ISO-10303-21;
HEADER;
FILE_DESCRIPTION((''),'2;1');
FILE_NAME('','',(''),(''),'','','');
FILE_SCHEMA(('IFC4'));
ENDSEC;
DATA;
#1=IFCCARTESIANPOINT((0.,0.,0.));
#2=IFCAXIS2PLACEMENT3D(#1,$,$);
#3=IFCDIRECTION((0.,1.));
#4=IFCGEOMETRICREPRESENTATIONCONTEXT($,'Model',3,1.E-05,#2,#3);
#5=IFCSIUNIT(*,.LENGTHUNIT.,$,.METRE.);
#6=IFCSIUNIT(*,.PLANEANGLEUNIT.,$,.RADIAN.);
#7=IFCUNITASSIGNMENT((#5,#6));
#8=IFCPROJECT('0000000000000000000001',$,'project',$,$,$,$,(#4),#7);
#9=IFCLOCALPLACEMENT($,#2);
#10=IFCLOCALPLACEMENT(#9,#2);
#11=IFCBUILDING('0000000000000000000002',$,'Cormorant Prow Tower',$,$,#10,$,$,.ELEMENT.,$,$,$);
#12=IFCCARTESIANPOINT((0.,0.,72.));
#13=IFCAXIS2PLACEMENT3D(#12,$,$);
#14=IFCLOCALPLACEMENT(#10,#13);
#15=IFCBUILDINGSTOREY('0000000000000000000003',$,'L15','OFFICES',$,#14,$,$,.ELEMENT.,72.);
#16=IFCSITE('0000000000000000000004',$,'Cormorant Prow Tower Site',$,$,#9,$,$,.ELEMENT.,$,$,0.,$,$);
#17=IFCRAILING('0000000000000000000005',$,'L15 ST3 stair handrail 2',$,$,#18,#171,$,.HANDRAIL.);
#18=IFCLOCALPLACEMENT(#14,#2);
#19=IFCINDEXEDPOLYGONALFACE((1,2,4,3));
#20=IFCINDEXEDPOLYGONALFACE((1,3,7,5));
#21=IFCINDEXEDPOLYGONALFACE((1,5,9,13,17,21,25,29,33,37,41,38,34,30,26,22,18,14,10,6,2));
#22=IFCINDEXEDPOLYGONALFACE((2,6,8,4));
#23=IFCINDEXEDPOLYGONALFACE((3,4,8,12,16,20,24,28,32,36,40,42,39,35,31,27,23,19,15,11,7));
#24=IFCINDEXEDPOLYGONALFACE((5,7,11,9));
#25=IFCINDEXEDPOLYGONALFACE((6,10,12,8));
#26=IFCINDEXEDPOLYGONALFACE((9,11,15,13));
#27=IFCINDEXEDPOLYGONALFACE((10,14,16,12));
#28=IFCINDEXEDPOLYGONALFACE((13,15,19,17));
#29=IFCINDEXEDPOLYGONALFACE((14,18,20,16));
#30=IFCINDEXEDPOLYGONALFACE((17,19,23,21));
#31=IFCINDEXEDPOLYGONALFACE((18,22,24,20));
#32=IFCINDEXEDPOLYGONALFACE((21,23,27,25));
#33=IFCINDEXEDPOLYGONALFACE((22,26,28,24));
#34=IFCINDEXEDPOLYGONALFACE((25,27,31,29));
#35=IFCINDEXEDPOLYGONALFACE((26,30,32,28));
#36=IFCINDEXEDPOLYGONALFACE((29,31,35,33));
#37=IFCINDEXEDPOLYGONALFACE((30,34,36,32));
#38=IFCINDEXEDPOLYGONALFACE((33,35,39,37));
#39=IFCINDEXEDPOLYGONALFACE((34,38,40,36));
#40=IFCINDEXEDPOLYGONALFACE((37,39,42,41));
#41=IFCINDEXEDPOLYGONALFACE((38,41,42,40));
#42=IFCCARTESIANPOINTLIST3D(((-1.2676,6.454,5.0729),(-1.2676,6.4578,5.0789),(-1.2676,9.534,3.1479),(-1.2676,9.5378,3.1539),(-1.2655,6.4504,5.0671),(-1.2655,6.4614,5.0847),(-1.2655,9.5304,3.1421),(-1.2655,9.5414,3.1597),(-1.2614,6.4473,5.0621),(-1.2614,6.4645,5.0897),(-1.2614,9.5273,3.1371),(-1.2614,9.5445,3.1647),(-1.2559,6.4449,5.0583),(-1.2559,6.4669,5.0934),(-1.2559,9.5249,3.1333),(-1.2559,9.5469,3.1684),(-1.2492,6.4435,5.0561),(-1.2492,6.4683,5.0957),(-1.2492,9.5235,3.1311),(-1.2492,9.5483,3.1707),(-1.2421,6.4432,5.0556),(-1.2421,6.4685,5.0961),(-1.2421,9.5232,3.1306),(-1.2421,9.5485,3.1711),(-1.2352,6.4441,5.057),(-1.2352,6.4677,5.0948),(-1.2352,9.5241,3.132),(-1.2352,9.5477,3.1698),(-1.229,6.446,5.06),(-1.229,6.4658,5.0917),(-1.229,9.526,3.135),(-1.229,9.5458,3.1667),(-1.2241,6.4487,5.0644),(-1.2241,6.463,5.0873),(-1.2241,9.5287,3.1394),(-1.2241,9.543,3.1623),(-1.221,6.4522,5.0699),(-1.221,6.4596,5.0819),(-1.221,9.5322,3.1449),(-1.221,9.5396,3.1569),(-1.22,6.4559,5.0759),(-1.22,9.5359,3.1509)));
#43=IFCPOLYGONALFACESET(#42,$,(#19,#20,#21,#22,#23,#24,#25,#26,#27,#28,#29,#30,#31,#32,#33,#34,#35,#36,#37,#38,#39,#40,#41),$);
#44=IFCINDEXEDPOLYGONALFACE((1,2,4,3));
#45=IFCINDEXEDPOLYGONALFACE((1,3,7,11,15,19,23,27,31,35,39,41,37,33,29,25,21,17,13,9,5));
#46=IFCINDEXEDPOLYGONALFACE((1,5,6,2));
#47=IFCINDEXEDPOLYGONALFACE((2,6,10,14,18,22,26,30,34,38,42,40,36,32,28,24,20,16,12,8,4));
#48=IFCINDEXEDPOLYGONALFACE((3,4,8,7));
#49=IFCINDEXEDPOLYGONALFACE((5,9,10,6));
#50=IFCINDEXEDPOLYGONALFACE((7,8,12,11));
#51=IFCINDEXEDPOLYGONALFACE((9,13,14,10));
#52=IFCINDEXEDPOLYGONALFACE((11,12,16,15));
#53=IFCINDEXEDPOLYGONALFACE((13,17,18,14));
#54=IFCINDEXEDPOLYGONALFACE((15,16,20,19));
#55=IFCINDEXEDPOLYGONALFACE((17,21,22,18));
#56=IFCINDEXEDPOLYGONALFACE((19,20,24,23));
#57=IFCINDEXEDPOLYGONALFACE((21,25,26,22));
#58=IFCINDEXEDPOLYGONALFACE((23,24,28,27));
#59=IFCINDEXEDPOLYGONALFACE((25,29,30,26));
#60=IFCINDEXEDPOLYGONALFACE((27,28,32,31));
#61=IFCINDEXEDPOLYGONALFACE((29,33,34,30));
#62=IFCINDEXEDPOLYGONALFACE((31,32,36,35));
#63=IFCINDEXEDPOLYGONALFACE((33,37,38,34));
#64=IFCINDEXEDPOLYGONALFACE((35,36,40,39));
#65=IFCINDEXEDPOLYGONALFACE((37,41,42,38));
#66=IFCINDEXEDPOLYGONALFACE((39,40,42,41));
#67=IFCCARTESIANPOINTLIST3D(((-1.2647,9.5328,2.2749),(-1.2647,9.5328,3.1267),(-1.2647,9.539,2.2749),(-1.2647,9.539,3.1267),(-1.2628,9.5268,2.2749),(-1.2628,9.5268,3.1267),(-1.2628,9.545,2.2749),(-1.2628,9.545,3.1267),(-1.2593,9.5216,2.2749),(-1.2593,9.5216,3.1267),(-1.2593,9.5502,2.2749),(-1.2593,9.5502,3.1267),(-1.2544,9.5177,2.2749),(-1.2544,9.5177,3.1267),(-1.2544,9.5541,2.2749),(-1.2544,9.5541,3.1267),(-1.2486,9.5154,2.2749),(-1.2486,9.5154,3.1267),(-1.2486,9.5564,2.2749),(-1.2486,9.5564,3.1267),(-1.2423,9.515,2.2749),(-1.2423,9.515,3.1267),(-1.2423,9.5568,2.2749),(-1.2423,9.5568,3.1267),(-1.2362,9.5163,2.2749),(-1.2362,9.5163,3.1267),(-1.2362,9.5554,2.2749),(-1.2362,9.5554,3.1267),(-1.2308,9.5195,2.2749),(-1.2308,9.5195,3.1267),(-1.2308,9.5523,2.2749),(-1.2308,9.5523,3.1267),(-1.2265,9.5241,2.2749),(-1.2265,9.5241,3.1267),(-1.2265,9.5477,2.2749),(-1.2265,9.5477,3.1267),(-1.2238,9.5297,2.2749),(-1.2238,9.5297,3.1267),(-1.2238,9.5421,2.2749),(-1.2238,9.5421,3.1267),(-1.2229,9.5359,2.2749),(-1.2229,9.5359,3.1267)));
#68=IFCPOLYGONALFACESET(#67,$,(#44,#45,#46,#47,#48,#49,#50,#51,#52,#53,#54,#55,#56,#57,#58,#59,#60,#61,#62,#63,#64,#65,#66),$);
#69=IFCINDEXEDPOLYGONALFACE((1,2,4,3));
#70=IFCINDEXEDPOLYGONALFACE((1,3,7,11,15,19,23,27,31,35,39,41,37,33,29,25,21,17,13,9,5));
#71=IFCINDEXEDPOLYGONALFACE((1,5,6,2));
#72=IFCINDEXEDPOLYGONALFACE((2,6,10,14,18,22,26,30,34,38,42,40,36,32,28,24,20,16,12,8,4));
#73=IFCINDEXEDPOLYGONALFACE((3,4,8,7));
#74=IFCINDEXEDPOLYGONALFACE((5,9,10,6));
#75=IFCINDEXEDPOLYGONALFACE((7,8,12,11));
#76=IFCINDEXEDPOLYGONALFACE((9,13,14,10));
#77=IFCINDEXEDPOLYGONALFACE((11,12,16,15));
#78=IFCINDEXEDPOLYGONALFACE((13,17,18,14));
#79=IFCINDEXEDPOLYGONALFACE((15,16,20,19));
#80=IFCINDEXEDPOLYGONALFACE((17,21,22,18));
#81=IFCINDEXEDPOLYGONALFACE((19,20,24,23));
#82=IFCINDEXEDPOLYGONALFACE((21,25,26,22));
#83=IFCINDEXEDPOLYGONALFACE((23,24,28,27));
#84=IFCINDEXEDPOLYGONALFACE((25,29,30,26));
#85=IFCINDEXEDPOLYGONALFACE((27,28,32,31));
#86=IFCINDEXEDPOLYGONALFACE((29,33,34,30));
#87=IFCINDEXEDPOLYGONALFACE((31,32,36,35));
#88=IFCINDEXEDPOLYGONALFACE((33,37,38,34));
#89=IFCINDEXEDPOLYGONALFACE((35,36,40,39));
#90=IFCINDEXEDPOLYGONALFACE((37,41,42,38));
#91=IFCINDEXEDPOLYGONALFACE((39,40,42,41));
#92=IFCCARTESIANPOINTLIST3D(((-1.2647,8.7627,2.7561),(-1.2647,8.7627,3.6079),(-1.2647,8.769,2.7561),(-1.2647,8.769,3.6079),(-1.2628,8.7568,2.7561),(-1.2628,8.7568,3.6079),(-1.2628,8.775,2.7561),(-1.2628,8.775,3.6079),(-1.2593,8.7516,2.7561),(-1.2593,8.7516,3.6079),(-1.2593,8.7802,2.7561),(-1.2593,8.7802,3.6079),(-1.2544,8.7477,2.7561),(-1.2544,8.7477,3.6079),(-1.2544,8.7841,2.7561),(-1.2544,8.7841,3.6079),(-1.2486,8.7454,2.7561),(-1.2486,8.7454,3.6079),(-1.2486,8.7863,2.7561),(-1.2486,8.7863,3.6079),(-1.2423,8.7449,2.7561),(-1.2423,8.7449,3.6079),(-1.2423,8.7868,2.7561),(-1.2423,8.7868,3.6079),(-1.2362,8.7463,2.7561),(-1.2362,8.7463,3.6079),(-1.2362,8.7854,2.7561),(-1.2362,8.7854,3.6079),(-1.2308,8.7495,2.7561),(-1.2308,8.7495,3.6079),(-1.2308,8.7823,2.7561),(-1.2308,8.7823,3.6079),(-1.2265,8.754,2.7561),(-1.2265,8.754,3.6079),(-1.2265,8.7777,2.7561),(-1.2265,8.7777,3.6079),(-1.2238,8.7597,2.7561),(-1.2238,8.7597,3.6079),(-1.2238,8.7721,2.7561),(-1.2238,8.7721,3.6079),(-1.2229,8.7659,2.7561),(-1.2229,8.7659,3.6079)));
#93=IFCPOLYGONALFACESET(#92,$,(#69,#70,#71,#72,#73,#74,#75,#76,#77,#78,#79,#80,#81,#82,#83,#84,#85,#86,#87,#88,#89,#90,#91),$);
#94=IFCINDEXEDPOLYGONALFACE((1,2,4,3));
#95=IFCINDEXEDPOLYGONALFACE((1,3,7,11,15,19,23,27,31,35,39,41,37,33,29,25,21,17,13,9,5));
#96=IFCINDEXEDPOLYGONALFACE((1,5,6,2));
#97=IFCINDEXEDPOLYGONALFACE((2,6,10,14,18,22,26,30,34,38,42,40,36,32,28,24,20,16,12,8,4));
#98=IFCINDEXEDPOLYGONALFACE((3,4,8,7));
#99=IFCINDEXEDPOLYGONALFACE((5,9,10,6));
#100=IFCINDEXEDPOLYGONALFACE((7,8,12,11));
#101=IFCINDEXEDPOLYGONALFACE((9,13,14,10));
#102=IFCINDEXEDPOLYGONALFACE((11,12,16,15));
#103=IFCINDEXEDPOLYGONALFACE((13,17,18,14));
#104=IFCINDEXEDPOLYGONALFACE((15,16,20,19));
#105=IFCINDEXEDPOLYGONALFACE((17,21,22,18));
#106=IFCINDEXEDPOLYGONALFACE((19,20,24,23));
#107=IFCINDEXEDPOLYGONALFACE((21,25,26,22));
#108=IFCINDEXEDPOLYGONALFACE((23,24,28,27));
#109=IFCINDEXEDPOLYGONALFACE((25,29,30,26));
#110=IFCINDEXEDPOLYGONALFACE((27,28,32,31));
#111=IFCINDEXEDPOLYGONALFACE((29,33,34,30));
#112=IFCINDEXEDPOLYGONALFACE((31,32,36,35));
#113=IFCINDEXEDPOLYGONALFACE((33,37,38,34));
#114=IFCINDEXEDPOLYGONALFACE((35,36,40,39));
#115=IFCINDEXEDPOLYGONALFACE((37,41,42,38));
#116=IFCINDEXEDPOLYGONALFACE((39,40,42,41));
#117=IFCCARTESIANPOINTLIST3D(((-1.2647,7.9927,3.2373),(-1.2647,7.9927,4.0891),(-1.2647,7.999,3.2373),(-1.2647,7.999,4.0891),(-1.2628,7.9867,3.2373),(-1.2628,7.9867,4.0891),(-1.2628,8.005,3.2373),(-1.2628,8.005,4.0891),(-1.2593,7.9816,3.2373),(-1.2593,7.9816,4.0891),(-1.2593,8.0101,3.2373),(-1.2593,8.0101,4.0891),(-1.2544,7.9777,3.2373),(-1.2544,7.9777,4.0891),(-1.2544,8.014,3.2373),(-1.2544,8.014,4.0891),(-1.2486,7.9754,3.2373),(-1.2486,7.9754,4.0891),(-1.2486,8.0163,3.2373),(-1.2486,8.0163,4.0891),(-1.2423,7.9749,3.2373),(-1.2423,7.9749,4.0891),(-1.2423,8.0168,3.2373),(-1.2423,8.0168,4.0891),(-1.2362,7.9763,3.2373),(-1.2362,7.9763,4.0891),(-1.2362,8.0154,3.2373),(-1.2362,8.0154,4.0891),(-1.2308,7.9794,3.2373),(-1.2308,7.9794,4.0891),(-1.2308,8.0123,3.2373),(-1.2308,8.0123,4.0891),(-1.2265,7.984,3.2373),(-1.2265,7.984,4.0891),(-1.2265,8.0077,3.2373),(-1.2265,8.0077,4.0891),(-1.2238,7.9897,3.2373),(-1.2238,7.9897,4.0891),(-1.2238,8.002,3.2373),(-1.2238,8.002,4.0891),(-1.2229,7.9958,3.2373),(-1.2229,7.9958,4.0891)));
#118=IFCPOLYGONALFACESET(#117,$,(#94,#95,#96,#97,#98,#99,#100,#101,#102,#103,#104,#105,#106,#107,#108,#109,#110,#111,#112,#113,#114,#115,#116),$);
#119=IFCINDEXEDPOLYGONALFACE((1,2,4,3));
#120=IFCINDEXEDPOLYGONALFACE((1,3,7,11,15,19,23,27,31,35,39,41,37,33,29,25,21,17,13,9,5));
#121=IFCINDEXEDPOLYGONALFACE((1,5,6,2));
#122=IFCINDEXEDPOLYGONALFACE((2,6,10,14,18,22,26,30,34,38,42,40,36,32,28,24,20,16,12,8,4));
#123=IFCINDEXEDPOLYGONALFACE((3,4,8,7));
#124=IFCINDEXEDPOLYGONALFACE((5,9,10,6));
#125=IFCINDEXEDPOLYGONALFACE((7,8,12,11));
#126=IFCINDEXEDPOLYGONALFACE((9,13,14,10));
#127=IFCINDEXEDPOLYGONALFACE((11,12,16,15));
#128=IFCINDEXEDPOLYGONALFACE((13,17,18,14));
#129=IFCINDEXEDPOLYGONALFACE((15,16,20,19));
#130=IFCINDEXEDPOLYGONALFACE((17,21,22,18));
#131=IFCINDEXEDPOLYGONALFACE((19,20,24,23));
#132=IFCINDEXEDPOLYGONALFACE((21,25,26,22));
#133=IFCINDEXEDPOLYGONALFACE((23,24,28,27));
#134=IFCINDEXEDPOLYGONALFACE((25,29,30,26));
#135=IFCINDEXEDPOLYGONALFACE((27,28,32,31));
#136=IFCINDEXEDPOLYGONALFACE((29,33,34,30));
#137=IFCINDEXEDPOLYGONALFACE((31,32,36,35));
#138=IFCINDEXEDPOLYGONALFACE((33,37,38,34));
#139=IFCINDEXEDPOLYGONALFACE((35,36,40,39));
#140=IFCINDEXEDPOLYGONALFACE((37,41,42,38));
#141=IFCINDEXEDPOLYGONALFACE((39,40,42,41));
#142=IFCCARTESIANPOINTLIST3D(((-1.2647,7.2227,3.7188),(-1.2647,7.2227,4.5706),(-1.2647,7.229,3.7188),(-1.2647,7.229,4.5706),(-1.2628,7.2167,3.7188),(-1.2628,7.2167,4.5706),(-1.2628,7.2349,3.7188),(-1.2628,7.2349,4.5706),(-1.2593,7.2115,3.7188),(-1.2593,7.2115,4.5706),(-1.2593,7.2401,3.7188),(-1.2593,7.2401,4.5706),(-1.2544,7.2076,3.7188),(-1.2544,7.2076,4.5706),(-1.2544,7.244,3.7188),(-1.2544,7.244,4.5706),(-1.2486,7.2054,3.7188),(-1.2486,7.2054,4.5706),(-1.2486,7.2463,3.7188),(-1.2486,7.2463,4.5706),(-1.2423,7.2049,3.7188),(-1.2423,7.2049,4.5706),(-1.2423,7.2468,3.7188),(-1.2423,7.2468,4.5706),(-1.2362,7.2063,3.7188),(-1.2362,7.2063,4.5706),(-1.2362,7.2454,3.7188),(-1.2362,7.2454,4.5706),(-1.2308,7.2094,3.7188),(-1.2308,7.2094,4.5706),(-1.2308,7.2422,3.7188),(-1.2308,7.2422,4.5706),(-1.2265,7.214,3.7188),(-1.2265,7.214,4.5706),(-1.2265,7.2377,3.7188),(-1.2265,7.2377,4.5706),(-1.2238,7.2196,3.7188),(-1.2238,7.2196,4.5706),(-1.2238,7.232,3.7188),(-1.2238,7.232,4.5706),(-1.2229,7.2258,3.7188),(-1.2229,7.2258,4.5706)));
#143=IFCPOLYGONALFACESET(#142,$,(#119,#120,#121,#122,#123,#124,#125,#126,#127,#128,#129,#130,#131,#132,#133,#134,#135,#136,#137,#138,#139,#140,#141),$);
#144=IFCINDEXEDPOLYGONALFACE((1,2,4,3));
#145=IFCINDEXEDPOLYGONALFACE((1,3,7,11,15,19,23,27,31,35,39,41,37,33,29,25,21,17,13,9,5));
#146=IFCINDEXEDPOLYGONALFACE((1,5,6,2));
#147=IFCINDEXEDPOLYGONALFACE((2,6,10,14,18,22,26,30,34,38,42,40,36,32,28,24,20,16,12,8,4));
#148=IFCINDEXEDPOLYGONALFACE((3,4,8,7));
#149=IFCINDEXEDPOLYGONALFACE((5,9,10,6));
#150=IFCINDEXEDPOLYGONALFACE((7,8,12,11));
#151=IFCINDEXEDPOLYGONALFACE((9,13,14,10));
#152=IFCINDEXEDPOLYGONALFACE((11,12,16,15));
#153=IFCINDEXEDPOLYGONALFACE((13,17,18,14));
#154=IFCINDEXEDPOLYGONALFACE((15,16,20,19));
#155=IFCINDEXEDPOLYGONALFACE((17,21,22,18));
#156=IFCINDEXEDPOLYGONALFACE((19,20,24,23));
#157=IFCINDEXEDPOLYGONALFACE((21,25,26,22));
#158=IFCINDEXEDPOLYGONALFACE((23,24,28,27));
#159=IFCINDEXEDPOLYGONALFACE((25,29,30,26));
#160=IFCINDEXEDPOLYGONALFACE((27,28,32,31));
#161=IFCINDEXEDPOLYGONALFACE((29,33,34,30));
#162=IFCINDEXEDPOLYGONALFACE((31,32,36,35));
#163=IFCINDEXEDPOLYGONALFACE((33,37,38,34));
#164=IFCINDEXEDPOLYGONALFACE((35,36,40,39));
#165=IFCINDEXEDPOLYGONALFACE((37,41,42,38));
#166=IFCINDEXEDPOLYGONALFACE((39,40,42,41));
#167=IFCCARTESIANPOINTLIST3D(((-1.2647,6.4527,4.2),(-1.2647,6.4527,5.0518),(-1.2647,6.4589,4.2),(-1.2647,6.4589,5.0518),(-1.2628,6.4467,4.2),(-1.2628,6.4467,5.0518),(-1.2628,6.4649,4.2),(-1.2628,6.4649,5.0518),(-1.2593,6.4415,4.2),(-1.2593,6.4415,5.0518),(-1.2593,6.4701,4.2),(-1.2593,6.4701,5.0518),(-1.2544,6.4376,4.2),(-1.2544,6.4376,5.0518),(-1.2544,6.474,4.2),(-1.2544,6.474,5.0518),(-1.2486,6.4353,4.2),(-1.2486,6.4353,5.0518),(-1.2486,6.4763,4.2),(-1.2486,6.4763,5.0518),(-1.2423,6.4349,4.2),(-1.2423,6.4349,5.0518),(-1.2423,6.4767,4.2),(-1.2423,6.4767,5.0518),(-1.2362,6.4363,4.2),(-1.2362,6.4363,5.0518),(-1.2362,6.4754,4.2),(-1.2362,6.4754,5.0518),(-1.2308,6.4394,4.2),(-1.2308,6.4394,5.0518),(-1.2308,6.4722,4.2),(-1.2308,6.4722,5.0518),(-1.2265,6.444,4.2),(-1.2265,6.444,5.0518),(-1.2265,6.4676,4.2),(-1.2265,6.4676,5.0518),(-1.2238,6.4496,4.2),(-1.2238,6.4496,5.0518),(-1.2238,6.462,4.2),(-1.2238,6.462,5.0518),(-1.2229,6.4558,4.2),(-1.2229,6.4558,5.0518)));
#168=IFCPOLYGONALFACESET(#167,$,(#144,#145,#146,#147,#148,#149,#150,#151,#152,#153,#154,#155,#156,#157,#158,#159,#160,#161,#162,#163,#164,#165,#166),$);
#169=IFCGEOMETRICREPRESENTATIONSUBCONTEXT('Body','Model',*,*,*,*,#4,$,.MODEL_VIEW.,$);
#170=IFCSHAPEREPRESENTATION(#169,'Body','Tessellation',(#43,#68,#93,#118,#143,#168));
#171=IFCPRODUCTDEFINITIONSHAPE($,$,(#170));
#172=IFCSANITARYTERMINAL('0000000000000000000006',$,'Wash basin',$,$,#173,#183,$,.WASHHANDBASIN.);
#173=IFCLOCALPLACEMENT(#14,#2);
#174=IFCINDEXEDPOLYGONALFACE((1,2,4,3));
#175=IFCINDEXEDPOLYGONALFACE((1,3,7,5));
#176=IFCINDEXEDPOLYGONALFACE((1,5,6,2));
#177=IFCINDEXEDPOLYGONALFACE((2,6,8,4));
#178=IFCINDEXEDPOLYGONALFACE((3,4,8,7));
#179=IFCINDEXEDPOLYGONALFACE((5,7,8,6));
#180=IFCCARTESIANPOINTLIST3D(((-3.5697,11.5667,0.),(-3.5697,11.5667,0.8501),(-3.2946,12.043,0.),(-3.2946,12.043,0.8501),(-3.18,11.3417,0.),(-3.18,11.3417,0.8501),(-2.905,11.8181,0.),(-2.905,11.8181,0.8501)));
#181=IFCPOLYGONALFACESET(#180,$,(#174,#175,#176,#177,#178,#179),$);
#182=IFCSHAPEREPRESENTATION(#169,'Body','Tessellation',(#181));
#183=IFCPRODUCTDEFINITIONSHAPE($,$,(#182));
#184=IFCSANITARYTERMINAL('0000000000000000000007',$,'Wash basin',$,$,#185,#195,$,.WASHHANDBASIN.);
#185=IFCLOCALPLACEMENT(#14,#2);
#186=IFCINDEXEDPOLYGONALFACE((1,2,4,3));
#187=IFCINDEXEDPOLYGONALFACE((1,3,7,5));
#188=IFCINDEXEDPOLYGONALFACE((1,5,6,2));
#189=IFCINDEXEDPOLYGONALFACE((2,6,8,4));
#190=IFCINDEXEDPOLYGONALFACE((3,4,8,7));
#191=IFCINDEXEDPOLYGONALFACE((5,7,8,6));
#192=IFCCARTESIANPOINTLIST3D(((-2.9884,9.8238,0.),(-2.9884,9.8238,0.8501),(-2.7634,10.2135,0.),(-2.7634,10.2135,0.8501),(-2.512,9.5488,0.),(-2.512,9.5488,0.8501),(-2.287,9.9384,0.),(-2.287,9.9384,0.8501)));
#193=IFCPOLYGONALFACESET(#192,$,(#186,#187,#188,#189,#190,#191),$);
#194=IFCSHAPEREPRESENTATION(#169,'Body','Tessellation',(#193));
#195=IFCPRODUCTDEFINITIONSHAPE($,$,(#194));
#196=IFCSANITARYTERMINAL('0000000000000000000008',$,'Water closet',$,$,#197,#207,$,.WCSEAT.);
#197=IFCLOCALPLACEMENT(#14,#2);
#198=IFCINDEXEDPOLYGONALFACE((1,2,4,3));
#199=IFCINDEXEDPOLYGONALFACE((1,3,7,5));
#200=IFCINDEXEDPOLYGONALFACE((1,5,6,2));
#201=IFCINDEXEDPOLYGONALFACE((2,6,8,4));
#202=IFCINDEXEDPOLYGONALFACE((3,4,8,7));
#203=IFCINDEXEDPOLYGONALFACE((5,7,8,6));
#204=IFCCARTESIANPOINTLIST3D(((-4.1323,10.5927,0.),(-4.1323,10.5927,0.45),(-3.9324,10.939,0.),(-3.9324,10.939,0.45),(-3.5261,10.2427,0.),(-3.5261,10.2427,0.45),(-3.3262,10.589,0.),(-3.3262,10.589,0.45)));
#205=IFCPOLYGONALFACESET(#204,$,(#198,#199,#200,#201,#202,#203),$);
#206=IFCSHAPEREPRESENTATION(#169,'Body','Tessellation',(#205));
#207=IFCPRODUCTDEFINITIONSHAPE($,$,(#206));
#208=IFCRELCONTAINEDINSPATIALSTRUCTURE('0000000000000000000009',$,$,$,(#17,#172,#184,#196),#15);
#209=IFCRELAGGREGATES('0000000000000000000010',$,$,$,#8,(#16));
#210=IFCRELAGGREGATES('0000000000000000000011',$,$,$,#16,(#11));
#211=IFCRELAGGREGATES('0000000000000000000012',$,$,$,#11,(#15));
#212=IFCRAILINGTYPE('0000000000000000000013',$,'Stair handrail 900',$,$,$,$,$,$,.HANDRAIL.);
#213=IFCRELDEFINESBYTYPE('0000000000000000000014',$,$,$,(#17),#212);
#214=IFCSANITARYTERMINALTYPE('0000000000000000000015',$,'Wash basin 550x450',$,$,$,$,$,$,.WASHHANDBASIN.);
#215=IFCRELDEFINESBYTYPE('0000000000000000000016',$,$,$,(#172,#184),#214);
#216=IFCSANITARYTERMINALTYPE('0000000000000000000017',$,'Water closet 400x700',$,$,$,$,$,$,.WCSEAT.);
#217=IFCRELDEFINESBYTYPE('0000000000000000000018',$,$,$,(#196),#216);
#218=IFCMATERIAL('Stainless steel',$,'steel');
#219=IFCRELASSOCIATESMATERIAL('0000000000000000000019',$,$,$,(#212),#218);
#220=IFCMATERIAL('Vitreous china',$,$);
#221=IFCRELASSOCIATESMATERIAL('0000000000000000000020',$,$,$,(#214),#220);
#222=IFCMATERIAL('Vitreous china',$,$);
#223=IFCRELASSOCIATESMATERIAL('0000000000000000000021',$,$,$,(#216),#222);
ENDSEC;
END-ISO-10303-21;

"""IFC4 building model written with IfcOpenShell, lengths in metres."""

from ifc_helpers import new_model, si_unit, direction, frame, origin, origin_2d, place, context, subcontext, project, spatial, rectangle, circle, extrude, material, type_object, element, save


model = new_model("IFC4")

# Units and contexts
model_context = context("Model", 3, precision=1e-05, world=origin(), true_north=direction((0.0, 1.0)))
body_context = subcontext(model_context, "Body", "Model", "MODEL_VIEW")
ifc_project = project(units=[si_unit("LENGTHUNIT", "METRE"), si_unit("PLANEANGLEUNIT", "RADIAN")], contexts=[model_context])

# Site, building, storey
site_placement = place(None, origin())
site = spatial("IfcSite", under=ifc_project, at=site_placement, Name="Cormorant Prow Tower Site", CompositionType="ELEMENT", RefElevation=0.0)
building_placement = place(site_placement, origin())
building = spatial("IfcBuilding", under=site, at=building_placement, Name="Cormorant Prow Tower", CompositionType="ELEMENT")
storey_placement = place(building_placement, frame((0.0, 0.0, 72.0)))
storey = spatial("IfcBuildingStorey", under=building, at=storey_placement, Name="L15", Description="OFFICES", CompositionType="ELEMENT", Elevation=72.0)

# Railing
ifc_material_1 = material(Name="Stainless steel", Category="steel")
railing_type = type_object("IfcRailingType", Name="Stair handrail 900", PredefinedType="HANDRAIL", material=ifc_material_1)
railing_placement = place(storey_placement, frame((-1.2439, 9.5359, 2.2749)))
element("IfcRailing", 1, at=railing_placement, inside=storey, type_object=railing_type, Name="L15 ST3 stair handrail 2", PredefinedType="HANDRAIL", context=body_context, shape_type="SweptSolid", body=[
    extrude(circle(Radius=0.0239, at=origin_2d()), frame((0.0, 0.0, 0.876), z_axis=(0.0, -0.847998, 0.529999), x_axis=(1.0, 0.0, 0.0)), (0.0, 0.0, 1.0), 3.6321),
    extrude(circle(Radius=0.021, at=origin_2d()), origin(), (0.0, 0.0, 1.0), 0.8518),
    extrude(circle(Radius=0.021, at=origin_2d()), frame((0.0, -0.77, 0.4812)), (0.0, 0.0, 1.0), 0.8518),
    extrude(circle(Radius=0.021, at=origin_2d()), frame((0.0, -1.54, 0.9624)), (0.0, 0.0, 1.0), 0.8518),
    extrude(circle(Radius=0.021, at=origin_2d()), frame((0.0, -2.3101, 1.4438)), (0.0, 0.0, 1.0), 0.8518),
    extrude(circle(Radius=0.021, at=origin_2d()), frame((0.0, -3.0801, 1.925)), (0.0, 0.0, 1.0), 0.8518),
])

# Sanitary terminals
ifc_material_2 = material(Name="Vitreous china")
sanitary_terminal_type_1 = type_object("IfcSanitaryTerminalType", Name="Wash basin 550x450", PredefinedType="WASHHANDBASIN", material=ifc_material_2)
for number, where, z_axis, x_axis, name in (
    (2, (-3.2373, 11.6924, 0.0), (0.0, 0.0, 1.0), (-0.500015, -0.866017, 0.0), "Wash basin"),
    (3, (-2.6377, 9.8811, 0.0), (0.0, 0.0, 1.0), (0.866017, -0.500015, 0.0), "Wash basin"),
):
    element("IfcSanitaryTerminal", number, at=place(storey_placement, frame(where, z_axis=z_axis, x_axis=x_axis)), inside=storey, type_object=sanitary_terminal_type_1, Name=name, PredefinedType="WASHHANDBASIN", context=body_context, shape_type="SweptSolid", body=[
        extrude(rectangle(XDim=0.55, YDim=0.45, at=origin_2d()), origin(), (0.0, 0.0, 1.0), 0.8501),
    ])
ifc_material_3 = material(Name="Vitreous china")
sanitary_terminal_type_2 = type_object("IfcSanitaryTerminalType", Name="Water closet 400x700", PredefinedType="WCSEAT", material=ifc_material_3)
for number, where, z_axis, x_axis, name in (
    (4, (-3.7292, 10.5908, 0.0), (0.0, 0.0, 1.0), (-0.500015, -0.866017, 0.0), "Water closet"),
):
    element("IfcSanitaryTerminal", number, at=place(storey_placement, frame(where, z_axis=z_axis, x_axis=x_axis)), inside=storey, type_object=sanitary_terminal_type_2, Name=name, PredefinedType="WCSEAT", context=body_context, shape_type="SweptSolid", body=[
        extrude(rectangle(XDim=0.3999, YDim=0.7, at=origin_2d()), origin(), (0.0, 0.0, 1.0), 0.45),
    ])

save(model, "model.ifc")
